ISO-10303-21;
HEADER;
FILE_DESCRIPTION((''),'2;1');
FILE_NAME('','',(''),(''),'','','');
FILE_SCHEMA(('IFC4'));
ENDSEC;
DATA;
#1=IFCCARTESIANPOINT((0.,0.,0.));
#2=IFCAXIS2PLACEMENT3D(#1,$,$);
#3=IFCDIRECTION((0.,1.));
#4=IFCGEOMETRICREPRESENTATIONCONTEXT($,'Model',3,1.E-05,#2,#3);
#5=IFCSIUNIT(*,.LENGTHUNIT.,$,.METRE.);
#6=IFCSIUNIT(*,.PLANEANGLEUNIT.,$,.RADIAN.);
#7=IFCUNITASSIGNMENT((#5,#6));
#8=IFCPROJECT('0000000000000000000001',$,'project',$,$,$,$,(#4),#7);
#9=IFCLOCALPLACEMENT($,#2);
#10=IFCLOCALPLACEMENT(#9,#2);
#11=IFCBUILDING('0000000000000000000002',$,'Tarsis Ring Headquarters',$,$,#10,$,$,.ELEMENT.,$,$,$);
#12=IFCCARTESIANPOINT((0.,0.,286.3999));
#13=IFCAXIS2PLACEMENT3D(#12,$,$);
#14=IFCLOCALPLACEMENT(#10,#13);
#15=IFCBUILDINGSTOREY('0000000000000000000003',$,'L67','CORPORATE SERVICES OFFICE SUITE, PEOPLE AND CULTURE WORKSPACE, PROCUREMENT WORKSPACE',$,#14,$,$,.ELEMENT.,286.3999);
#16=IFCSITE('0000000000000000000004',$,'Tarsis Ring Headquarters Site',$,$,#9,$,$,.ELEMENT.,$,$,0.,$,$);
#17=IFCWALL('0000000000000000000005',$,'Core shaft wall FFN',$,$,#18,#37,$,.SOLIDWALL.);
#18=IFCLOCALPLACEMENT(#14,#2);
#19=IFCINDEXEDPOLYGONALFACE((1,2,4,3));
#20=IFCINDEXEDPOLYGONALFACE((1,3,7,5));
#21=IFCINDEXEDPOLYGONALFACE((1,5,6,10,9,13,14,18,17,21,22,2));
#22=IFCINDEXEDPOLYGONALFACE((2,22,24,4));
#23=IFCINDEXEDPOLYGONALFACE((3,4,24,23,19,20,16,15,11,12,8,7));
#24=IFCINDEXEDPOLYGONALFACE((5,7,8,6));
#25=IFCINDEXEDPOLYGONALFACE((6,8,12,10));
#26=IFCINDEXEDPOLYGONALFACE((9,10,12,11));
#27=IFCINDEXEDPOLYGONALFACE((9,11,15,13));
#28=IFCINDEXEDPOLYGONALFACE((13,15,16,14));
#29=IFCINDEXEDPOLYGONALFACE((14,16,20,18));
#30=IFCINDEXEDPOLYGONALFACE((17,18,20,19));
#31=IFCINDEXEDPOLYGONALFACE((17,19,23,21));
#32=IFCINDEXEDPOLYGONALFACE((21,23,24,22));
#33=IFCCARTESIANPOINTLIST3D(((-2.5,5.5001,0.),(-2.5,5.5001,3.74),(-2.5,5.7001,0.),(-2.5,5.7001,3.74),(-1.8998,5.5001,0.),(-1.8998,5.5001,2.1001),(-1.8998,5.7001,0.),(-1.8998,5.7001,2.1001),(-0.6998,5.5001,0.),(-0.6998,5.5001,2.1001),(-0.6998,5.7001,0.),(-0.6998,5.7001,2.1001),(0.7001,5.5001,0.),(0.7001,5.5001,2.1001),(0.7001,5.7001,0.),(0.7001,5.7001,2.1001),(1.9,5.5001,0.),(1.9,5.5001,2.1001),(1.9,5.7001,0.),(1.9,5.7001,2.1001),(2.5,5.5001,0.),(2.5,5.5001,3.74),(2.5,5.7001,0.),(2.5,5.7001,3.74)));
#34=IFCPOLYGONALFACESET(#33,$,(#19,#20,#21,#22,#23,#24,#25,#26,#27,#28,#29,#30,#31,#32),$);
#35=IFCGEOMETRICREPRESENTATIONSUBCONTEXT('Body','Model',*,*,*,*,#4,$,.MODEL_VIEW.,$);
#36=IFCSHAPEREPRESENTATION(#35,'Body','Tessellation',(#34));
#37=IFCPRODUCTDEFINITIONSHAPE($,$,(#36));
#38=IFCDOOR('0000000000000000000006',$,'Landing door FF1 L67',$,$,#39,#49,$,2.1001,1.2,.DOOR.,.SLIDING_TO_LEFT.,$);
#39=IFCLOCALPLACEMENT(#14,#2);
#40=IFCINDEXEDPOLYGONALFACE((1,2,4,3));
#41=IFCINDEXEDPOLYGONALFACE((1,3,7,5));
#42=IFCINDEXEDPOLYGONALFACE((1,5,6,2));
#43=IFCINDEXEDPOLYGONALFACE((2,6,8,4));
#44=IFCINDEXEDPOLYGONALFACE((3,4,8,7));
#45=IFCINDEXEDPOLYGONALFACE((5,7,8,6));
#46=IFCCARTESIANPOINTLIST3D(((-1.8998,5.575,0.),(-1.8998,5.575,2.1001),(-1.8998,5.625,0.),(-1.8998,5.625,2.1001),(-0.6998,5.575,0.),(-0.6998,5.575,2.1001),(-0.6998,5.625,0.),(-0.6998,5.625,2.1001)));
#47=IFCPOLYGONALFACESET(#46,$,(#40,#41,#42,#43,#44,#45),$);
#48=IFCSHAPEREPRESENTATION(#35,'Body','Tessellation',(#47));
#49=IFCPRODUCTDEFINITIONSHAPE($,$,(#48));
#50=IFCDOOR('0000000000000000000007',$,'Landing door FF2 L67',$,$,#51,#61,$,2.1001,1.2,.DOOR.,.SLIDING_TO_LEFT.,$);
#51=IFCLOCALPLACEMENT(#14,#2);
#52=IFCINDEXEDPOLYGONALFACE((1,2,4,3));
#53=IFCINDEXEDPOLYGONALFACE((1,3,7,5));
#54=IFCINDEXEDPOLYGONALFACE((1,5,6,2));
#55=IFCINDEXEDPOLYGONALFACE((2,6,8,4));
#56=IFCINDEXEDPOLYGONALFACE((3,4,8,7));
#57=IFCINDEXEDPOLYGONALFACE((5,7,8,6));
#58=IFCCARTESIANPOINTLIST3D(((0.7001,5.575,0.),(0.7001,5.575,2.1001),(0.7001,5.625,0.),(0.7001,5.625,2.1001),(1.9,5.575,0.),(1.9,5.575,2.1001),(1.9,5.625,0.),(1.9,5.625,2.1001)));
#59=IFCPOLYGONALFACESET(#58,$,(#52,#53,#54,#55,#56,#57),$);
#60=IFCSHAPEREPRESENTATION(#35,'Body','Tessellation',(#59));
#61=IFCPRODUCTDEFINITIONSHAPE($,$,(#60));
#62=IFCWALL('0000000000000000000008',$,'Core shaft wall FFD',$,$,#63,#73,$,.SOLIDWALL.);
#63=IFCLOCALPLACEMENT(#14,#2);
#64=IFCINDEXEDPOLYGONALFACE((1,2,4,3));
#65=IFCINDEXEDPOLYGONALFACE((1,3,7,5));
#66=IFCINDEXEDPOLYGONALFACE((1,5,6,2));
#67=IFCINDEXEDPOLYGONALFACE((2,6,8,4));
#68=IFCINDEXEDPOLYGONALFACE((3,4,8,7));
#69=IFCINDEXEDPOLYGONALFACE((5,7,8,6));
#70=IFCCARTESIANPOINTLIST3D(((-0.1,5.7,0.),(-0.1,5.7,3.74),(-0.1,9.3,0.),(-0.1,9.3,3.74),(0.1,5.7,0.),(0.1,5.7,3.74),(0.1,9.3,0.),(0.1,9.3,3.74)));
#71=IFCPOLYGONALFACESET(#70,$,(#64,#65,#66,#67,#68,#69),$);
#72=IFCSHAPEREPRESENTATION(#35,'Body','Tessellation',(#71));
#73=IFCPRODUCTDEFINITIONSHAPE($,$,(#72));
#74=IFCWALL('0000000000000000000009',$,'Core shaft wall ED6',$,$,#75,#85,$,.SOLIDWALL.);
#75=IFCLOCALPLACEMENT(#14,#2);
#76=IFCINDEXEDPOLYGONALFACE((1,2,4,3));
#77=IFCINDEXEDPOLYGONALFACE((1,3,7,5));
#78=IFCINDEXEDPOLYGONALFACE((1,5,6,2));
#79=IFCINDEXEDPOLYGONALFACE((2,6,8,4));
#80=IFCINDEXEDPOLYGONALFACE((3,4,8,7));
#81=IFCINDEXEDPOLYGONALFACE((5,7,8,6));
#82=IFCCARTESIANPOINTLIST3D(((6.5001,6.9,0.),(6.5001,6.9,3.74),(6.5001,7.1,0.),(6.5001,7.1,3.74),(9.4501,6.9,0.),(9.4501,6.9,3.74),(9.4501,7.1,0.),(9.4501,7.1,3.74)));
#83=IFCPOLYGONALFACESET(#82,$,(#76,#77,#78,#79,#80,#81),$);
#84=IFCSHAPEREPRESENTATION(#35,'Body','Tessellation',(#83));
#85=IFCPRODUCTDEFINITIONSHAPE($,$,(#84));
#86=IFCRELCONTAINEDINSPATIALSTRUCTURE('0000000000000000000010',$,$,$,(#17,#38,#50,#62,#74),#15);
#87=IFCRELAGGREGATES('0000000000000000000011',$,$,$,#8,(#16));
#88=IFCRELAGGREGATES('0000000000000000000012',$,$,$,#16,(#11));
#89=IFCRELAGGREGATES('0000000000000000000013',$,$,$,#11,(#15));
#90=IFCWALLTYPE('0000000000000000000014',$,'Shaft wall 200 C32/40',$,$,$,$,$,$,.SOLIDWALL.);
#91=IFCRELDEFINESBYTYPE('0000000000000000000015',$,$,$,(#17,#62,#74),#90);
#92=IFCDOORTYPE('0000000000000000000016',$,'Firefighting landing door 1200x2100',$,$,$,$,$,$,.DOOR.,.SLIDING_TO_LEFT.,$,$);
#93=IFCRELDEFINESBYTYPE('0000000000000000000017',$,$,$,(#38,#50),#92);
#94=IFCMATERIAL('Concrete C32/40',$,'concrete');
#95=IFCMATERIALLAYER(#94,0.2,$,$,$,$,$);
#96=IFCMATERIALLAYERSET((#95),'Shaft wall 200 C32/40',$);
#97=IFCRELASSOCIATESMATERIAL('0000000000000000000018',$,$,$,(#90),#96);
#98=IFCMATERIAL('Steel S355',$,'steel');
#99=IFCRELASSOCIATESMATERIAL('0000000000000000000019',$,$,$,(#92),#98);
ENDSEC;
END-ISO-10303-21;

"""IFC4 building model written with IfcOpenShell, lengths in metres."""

from ifc_helpers import new_model, si_unit, direction, frame, frame_2d, origin, place, context, subcontext, project, spatial, rectangle, extrude, material, layer, layer_set, type_object, element, fill, save


model = new_model("IFC4")

# Units and contexts
model_context = context("Model", 3, precision=1e-05, world=origin(), true_north=direction((0.0, 1.0)))
body_context = subcontext(model_context, "Body", "Model", "MODEL_VIEW")
ifc_project = project(units=[si_unit("LENGTHUNIT", "METRE"), si_unit("PLANEANGLEUNIT", "RADIAN")], contexts=[model_context])

# Site, building, storey
site_placement = place(None, origin())
site = spatial("IfcSite", under=ifc_project, at=site_placement, Name="Tarsis Ring Headquarters Site", CompositionType="ELEMENT", RefElevation=0.0)
building_placement = place(site_placement, origin())
building = spatial("IfcBuilding", under=site, at=building_placement, Name="Tarsis Ring Headquarters", CompositionType="ELEMENT")
storey_placement = place(building_placement, frame((0.0, 0.0, 286.3999)))
storey = spatial("IfcBuildingStorey", under=building, at=storey_placement, Name="L67", Description="CORPORATE SERVICES OFFICE SUITE, PEOPLE AND CULTURE WORKSPACE, PROCUREMENT WORKSPACE", CompositionType="ELEMENT", Elevation=286.3999)

# Shared definitions
ifc_material_1 = material(Name="Concrete C32/40", Category="concrete")

# Wall, openings, doors
ifc_layer_1 = layer(ifc_material_1, 0.2)
ifc_layer_set_1 = layer_set([ifc_layer_1], Name="Shaft wall 200 C32/40")
wall_type_1 = type_object("IfcWallType", Name="Shaft wall 200 C32/40", PredefinedType="SOLIDWALL", material=ifc_layer_set_1)
wall_1_placement = place(storey_placement, frame((-2.5, 5.6001, 0.0), z_axis=(0.0, 0.0, 1.0), x_axis=(1.0, 0.0, 0.0)))
wall_1 = element("IfcWall", 1, at=wall_1_placement, inside=storey, type_object=wall_type_1, Name="Core shaft wall FFN", PredefinedType="SOLIDWALL", context=body_context, shape_type="SweptSolid", body=[
    extrude(rectangle(XDim=5.0, YDim=0.2, at=frame_2d((2.5, 0.0))), origin(), (0.0, 0.0, 1.0), 3.74),
])
opening_1_placement = place(wall_1_placement, frame((0.6001, 0.0, 0.0)))
opening_1 = element("IfcOpeningElement", 2, at=opening_1_placement, cuts=wall_1, PredefinedType="OPENING", context=body_context, shape_type="SweptSolid", body=[
    extrude(rectangle(XDim=1.2, YDim=2.1001, at=frame_2d((0.6001, 1.05))), frame((0.0, 0.1099, 0.0), z_axis=(0.0, -1.0, 0.0), x_axis=(1.0, 0.0, 0.0)), (0.0, 0.0, 1.0), 0.22),
])
opening_2_placement = place(wall_1_placement, frame((3.2, 0.0, 0.0)))
opening_2 = element("IfcOpeningElement", 3, at=opening_2_placement, cuts=wall_1, PredefinedType="OPENING", context=body_context, shape_type="SweptSolid", body=[
    extrude(rectangle(XDim=1.2, YDim=2.1001, at=frame_2d((0.6001, 1.05))), frame((0.0, 0.1099, 0.0), z_axis=(0.0, -1.0, 0.0), x_axis=(1.0, 0.0, 0.0)), (0.0, 0.0, 1.0), 0.22),
])
ifc_material_2 = material(Name="Steel S355", Category="steel")
door_type = type_object("IfcDoorType", Name="Firefighting landing door 1200x2100", OperationType="SLIDING_TO_LEFT", PredefinedType="DOOR", material=ifc_material_2)
door_1_placement = place(opening_1_placement, origin())
door_1 = element("IfcDoor", 4, at=door_1_placement, inside=storey, type_object=door_type, Name="Landing door FF1 L67", OperationType="SLIDING_TO_LEFT", OverallHeight=2.1001, OverallWidth=1.2, PredefinedType="DOOR", context=body_context, shape_type="SweptSolid", body=[
    extrude(rectangle(XDim=1.2, YDim=2.1001, at=frame_2d((0.6001, 1.05))), frame((0.0, 0.0249, 0.0), z_axis=(0.0, -1.0, 0.0), x_axis=(1.0, 0.0, 0.0)), (0.0, 0.0, 1.0), 0.05),
])
fill(opening_1, door_1)
door_2_placement = place(opening_2_placement, origin())
door_2 = element("IfcDoor", 5, at=door_2_placement, inside=storey, type_object=door_type, Name="Landing door FF2 L67", OperationType="SLIDING_TO_LEFT", OverallHeight=2.1001, OverallWidth=1.2, PredefinedType="DOOR", context=body_context, shape_type="SweptSolid", body=[
    extrude(rectangle(XDim=1.2, YDim=2.1001, at=frame_2d((0.6001, 1.05))), frame((0.0, 0.0249, 0.0), z_axis=(0.0, -1.0, 0.0), x_axis=(1.0, 0.0, 0.0)), (0.0, 0.0, 1.0), 0.05),
])
fill(opening_2, door_2)

# Walls
wall_2_placement = place(storey_placement, frame((0.0, 5.7, 0.0), z_axis=(0.0, 0.0, 1.0), x_axis=(0.0, 1.0, 0.0)))
element("IfcWall", 6, at=wall_2_placement, inside=storey, type_object=wall_type_1, Name="Core shaft wall FFD", PredefinedType="SOLIDWALL", context=body_context, shape_type="SweptSolid", body=[
    extrude(rectangle(XDim=3.6001, YDim=0.2, at=frame_2d((1.8, 0.0))), origin(), (0.0, 0.0, 1.0), 3.74),
])
wall_3_placement = place(storey_placement, frame((6.5, 7.0, 0.0), z_axis=(0.0, 0.0, 1.0), x_axis=(1.0, 0.0, 0.0)))
element("IfcWall", 7, at=wall_3_placement, inside=storey, type_object=wall_type_1, Name="Core shaft wall ED6", PredefinedType="SOLIDWALL", context=body_context, shape_type="SweptSolid", body=[
    extrude(rectangle(XDim=2.95, YDim=0.2, at=frame_2d((1.4751, 0.0))), origin(), (0.0, 0.0, 1.0), 3.74),
])

save(model, "model.ifc")
